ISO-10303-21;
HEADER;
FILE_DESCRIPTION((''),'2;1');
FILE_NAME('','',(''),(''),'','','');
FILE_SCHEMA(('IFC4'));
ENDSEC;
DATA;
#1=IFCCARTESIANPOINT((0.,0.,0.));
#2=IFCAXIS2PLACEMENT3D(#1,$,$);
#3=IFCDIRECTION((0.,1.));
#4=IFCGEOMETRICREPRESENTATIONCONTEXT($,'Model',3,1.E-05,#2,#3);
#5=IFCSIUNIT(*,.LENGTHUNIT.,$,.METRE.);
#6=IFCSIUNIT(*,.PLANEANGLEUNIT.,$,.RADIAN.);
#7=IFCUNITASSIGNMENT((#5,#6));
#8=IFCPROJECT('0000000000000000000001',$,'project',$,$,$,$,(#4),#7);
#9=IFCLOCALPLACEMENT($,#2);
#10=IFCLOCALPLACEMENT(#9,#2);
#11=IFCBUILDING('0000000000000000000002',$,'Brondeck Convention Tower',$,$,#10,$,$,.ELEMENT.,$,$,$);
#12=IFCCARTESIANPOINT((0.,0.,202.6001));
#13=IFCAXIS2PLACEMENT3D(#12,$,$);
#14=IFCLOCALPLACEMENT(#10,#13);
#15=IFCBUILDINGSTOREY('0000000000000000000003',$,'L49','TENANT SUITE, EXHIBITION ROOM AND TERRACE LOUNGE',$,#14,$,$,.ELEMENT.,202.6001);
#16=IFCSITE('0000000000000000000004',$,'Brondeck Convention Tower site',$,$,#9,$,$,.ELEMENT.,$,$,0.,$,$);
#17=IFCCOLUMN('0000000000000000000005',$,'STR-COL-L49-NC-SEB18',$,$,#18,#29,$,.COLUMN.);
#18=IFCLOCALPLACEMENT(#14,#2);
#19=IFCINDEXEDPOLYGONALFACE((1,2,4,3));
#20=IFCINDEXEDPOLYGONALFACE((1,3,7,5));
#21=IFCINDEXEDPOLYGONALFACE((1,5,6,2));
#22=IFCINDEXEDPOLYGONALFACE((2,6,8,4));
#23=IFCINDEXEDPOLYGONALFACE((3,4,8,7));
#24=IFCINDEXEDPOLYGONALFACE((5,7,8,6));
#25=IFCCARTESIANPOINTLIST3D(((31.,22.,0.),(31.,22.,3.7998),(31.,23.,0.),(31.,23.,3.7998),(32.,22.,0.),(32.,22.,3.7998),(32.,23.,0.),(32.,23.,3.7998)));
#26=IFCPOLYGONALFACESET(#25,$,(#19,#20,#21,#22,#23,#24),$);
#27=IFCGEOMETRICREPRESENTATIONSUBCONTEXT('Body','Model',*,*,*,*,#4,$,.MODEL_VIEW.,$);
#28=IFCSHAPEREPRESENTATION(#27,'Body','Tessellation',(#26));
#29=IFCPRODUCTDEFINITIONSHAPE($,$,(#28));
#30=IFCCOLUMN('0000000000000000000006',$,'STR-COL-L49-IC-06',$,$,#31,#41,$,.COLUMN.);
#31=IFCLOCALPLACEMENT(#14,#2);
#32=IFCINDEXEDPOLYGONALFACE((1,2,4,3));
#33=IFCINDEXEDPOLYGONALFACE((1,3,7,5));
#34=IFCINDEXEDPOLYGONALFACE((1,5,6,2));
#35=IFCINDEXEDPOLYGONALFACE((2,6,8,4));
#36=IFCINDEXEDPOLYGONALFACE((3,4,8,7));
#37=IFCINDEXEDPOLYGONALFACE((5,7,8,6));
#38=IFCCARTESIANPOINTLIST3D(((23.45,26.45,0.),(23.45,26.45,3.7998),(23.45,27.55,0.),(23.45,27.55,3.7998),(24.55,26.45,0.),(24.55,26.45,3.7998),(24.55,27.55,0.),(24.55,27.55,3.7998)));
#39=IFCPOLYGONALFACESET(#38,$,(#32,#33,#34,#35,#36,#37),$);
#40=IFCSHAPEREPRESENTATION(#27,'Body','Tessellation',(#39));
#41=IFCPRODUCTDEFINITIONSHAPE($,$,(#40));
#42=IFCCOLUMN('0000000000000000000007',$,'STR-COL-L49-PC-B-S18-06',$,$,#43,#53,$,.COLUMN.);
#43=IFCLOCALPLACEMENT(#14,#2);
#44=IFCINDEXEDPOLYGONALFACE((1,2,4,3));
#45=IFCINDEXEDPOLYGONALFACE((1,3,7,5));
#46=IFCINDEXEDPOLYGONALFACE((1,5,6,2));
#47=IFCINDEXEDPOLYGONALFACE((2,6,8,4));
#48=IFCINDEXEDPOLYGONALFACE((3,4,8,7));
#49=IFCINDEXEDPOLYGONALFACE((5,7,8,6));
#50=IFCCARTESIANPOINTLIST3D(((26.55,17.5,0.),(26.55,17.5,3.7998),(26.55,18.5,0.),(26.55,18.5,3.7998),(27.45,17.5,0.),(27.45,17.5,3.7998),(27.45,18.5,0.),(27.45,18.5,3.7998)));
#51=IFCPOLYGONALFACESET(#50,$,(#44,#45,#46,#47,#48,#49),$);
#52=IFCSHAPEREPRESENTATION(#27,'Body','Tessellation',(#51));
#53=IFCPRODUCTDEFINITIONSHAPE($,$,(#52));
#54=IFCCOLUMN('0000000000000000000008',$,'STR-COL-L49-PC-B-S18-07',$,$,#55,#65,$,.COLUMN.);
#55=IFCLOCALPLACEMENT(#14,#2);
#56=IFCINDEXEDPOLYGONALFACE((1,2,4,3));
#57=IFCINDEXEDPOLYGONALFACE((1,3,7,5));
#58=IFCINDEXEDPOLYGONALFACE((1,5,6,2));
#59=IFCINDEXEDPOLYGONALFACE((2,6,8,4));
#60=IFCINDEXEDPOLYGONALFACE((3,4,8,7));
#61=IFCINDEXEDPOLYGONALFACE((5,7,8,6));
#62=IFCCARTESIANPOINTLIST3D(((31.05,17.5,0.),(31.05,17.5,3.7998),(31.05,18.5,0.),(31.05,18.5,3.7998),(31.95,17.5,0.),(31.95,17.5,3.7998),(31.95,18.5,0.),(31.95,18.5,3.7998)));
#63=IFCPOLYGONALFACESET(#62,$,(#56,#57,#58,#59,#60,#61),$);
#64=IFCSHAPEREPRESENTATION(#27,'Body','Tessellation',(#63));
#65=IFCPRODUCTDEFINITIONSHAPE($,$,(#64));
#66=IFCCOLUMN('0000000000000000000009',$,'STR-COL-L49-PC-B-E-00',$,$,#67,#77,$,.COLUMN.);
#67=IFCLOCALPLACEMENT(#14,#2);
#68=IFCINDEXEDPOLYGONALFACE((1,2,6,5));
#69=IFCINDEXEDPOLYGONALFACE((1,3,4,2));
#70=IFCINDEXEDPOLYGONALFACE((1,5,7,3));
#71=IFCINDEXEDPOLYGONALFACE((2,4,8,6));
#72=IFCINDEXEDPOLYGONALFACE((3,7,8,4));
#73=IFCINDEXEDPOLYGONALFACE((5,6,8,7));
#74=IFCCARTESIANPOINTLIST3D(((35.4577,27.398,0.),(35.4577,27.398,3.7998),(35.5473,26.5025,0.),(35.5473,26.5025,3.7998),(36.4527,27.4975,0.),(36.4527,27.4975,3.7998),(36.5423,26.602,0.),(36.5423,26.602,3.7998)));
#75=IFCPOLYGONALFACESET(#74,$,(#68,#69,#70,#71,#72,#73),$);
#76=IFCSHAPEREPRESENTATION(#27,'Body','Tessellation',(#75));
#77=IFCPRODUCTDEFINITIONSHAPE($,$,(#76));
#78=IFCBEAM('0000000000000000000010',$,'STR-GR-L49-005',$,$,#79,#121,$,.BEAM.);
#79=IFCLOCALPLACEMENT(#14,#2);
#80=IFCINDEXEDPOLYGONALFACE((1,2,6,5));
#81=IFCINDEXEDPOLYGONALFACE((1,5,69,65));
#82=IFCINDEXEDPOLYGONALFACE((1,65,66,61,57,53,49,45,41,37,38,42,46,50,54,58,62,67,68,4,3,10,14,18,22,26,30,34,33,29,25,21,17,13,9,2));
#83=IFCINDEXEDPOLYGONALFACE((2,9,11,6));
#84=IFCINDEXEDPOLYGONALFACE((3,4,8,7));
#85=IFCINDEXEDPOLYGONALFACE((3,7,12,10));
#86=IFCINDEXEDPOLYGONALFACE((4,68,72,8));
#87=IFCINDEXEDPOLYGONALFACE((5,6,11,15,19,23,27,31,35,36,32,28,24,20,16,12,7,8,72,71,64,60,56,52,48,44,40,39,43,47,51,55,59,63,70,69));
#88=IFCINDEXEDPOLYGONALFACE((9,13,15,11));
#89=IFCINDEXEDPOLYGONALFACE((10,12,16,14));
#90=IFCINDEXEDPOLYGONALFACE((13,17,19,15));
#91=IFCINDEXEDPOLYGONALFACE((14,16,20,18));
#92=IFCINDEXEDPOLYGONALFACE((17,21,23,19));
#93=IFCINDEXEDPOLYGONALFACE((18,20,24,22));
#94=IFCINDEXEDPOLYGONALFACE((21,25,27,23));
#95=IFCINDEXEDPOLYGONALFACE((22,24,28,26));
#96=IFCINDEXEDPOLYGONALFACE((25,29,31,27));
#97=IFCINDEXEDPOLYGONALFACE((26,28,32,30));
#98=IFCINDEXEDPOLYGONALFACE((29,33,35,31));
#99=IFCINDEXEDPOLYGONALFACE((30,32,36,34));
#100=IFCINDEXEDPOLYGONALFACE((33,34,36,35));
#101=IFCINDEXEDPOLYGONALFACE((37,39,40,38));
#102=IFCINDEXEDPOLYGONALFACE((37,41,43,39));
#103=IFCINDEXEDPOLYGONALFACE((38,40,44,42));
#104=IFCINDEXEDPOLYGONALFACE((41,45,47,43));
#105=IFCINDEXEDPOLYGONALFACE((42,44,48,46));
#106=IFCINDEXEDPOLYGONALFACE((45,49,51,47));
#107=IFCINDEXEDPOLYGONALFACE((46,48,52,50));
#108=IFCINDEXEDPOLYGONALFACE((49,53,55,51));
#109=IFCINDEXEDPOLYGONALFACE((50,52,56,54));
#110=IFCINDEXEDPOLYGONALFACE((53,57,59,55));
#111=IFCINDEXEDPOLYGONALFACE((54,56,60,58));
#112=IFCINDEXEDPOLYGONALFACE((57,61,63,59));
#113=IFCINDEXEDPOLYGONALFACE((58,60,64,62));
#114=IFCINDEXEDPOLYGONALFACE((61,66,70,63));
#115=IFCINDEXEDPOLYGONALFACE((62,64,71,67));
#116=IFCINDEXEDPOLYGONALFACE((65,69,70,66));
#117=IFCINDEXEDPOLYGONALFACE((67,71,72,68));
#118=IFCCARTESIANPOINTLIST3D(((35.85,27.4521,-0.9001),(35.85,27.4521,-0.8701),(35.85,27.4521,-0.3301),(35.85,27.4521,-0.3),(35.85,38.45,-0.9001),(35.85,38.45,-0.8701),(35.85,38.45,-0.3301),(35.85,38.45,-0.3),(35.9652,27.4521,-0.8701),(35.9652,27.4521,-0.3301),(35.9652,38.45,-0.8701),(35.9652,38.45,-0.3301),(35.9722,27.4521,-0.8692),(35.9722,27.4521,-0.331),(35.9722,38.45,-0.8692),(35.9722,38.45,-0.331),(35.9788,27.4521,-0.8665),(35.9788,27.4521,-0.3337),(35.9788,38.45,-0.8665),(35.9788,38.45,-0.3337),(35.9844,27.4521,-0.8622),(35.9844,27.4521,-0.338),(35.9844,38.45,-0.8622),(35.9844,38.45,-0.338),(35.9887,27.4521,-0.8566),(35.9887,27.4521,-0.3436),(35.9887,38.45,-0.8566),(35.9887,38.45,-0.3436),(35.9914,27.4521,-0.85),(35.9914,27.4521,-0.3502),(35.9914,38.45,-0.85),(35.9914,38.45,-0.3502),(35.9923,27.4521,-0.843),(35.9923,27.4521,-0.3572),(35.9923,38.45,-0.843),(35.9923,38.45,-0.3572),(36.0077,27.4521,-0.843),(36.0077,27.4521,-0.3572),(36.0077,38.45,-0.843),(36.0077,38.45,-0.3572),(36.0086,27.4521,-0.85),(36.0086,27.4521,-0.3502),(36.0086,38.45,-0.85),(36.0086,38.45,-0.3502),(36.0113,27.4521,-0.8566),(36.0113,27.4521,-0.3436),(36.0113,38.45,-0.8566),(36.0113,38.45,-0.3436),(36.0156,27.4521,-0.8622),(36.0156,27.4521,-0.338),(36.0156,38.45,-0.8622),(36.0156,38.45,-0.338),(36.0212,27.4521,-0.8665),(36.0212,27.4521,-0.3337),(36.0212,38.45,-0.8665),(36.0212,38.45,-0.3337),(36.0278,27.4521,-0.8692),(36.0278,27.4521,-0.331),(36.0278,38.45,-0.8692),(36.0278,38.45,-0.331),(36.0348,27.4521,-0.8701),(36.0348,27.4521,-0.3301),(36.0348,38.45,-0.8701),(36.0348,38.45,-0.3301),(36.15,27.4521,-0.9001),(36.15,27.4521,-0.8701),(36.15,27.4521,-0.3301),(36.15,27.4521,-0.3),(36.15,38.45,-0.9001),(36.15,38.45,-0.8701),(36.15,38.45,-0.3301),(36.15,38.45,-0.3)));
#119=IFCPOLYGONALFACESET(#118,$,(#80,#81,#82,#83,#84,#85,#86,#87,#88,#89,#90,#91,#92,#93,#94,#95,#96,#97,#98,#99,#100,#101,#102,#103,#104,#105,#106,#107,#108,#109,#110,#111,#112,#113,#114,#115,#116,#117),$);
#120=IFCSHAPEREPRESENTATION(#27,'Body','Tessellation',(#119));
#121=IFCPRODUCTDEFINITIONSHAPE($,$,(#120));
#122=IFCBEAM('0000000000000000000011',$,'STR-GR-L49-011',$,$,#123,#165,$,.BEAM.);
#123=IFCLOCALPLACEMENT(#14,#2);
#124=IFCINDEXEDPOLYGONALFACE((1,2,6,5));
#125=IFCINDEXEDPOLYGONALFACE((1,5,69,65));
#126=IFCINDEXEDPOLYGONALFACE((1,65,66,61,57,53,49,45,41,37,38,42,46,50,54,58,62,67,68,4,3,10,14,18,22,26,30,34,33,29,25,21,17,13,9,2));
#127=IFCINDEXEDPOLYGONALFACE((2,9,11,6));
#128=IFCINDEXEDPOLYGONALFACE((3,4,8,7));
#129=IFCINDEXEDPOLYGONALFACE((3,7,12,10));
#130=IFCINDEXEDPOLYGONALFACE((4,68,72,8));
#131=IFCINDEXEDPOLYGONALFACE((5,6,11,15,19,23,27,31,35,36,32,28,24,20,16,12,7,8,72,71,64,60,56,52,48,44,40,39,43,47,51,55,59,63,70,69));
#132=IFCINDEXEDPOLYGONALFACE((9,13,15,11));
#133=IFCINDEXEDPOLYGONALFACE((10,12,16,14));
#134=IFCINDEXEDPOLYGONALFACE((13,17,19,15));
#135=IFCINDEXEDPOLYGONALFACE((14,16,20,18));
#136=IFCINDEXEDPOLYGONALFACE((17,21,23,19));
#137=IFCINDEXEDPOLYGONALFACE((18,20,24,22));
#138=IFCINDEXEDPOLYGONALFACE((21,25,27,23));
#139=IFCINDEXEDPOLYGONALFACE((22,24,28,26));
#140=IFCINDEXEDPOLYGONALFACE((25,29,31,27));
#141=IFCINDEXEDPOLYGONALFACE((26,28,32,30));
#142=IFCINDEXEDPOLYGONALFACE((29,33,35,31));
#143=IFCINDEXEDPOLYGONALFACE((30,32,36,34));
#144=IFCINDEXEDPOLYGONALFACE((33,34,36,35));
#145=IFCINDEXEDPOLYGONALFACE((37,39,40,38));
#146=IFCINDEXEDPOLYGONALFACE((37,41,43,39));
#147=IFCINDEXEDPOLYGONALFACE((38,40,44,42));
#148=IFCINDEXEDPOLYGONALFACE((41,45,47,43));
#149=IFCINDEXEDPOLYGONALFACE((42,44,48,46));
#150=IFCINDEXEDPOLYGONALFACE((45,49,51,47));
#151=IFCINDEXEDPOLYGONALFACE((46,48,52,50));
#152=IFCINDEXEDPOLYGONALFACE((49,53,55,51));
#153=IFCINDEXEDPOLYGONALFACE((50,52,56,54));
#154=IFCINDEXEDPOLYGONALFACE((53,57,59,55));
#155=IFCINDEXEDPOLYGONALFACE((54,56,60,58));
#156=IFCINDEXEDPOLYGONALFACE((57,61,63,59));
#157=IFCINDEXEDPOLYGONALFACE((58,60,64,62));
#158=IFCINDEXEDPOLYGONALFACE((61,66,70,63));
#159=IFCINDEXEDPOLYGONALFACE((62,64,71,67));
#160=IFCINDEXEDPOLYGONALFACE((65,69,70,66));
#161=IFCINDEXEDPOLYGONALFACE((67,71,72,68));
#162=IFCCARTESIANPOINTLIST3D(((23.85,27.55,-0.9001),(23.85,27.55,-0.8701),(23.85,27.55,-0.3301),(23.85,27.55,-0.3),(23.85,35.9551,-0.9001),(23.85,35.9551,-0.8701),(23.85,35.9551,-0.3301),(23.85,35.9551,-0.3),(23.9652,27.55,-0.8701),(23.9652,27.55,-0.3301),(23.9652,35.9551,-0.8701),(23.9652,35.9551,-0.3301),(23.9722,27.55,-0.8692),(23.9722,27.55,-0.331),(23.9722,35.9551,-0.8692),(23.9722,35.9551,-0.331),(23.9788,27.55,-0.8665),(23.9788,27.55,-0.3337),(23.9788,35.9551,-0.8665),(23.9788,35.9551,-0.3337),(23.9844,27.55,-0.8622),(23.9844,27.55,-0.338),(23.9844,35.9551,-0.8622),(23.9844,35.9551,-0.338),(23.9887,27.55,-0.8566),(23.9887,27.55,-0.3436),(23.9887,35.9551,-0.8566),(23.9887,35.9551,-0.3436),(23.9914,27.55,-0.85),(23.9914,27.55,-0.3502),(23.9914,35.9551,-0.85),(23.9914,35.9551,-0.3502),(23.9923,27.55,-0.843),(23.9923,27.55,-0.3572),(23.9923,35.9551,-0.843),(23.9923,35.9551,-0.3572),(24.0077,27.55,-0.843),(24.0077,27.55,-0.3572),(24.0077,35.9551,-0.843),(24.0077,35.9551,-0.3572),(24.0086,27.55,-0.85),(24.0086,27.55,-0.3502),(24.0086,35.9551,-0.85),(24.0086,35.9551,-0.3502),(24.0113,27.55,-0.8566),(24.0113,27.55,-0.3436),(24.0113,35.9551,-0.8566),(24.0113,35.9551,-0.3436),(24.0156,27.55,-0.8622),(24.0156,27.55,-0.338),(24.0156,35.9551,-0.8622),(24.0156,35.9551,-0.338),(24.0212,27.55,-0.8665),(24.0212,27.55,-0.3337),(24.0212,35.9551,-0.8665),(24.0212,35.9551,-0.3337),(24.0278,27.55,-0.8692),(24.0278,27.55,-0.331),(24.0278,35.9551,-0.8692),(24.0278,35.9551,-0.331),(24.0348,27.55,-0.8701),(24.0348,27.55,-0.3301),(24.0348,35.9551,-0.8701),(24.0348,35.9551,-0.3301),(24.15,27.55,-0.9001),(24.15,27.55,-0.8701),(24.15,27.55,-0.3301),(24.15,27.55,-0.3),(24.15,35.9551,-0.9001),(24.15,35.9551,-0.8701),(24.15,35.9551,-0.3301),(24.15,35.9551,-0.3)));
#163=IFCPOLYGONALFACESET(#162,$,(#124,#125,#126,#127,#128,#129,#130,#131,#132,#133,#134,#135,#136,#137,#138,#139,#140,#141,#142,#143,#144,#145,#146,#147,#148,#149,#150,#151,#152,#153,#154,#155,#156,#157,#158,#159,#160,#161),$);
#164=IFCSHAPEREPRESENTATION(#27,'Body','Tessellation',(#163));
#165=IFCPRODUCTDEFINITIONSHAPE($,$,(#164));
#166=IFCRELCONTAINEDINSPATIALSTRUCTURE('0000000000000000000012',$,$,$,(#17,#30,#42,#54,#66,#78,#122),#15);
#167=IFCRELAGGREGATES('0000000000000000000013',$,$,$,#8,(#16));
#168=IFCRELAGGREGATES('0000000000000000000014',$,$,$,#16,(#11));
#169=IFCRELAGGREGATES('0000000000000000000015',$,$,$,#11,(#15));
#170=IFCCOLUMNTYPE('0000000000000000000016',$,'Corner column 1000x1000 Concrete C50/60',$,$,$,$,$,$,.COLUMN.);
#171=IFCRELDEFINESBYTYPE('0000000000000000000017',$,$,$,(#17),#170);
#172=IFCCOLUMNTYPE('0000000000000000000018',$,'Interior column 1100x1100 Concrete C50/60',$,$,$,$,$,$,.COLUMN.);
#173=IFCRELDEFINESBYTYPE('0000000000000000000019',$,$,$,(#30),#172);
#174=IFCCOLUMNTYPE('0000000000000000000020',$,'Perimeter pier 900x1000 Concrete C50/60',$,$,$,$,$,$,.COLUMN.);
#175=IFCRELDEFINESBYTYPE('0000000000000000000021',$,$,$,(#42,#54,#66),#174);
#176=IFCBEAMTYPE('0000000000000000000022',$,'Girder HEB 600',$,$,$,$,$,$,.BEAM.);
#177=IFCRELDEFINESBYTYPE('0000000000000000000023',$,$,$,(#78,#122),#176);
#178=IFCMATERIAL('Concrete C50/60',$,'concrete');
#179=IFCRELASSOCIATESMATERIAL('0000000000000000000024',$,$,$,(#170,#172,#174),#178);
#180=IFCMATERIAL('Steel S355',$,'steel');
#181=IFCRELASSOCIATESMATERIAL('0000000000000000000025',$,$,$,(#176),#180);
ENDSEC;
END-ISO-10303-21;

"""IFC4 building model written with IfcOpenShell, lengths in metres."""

from ifc_helpers import new_model, si_unit, direction, frame, origin, origin_2d, place, context, subcontext, project, spatial, rectangle, i_section, extrude, material, material_profile, profile_set, type_object, element, save


model = new_model("IFC4")

# Units and contexts
model_context = context("Model", 3, precision=1e-05, world=origin(), true_north=direction((0.0, 1.0)))
body_context = subcontext(model_context, "Body", "Model", "MODEL_VIEW")
ifc_project = project(units=[si_unit("LENGTHUNIT", "METRE"), si_unit("PLANEANGLEUNIT", "RADIAN")], contexts=[model_context])

# Site, building, storey
site_placement = place(None, origin())
site = spatial("IfcSite", under=ifc_project, at=site_placement, Name="Brondeck Convention Tower site", CompositionType="ELEMENT", RefElevation=0.0)
building_placement = place(site_placement, origin())
building = spatial("IfcBuilding", under=site, at=building_placement, Name="Brondeck Convention Tower", CompositionType="ELEMENT")
storey_placement = place(building_placement, frame((0.0, 0.0, 202.6001)))
storey = spatial("IfcBuildingStorey", under=building, at=storey_placement, Name="L49", Description="TENANT SUITE, EXHIBITION ROOM AND TERRACE LOUNGE", CompositionType="ELEMENT", Elevation=202.6001)

# Columns
ifc_material_1 = material(Name="Concrete C50/60", Category="concrete")
ifc_material_profile_1 = material_profile(ifc_material_1, rectangle(XDim=1.0, YDim=1.0, at=origin_2d()), Name="Corner column 1000x1000 Concrete C50/60")
ifc_profile_set_1 = profile_set([ifc_material_profile_1], Name="Concrete C50/60")
column_type_1 = type_object("IfcColumnType", Name="Corner column 1000x1000 Concrete C50/60", PredefinedType="COLUMN", material=ifc_profile_set_1)
column_1_placement = place(storey_placement, frame((31.5, 22.5, 0.0), z_axis=(0.0, 0.0, 1.0), x_axis=(1.0, 0.0, 0.0)))
element("IfcColumn", 1, at=column_1_placement, inside=storey, type_object=column_type_1, Name="STR-COL-L49-NC-SEB18", PredefinedType="COLUMN", context=body_context, shape_type="SweptSolid", body=[
    extrude(rectangle(XDim=1.0, YDim=1.0, at=origin_2d()), origin(), (0.0, 0.0, 1.0), 3.7998),
])
ifc_material_profile_2 = material_profile(ifc_material_1, rectangle(XDim=1.1001, YDim=1.1001, at=origin_2d()), Name="Interior column 1100x1100 Concrete C50/60")
ifc_profile_set_2 = profile_set([ifc_material_profile_2], Name="Concrete C50/60")
column_type_2 = type_object("IfcColumnType", Name="Interior column 1100x1100 Concrete C50/60", PredefinedType="COLUMN", material=ifc_profile_set_2)
column_2_placement = place(storey_placement, frame((24.0, 27.0, 0.0), z_axis=(0.0, 0.0, 1.0), x_axis=(1.0, 0.0, 0.0)))
element("IfcColumn", 2, at=column_2_placement, inside=storey, type_object=column_type_2, Name="STR-COL-L49-IC-06", PredefinedType="COLUMN", context=body_context, shape_type="SweptSolid", body=[
    extrude(rectangle(XDim=1.1001, YDim=1.1001, at=origin_2d()), origin(), (0.0, 0.0, 1.0), 3.7998),
])
ifc_material_profile_3 = material_profile(ifc_material_1, rectangle(XDim=0.8999, YDim=1.0, at=origin_2d()), Name="Perimeter pier 900x1000 Concrete C50/60")
ifc_profile_set_3 = profile_set([ifc_material_profile_3], Name="Concrete C50/60")
column_type_3 = type_object("IfcColumnType", Name="Perimeter pier 900x1000 Concrete C50/60", PredefinedType="COLUMN", material=ifc_profile_set_3)
for number, where, z_axis, x_axis, name in (
    (3, (27.0, 18.0, 0.0), (0.0, 0.0, 1.0), (1.0, 0.0, 0.0), "STR-COL-L49-PC-B-S18-06"),
    (4, (31.5, 18.0, 0.0), (0.0, 0.0, 1.0), (1.0, 0.0, 0.0), "STR-COL-L49-PC-B-S18-07"),
    (5, (36.0, 27.0, 0.0), (0.0, 0.0, 1.0), (-0.099504, 0.995037, 0.0), "STR-COL-L49-PC-B-E-00"),
):
    element("IfcColumn", number, at=place(storey_placement, frame(where, z_axis=z_axis, x_axis=x_axis)), inside=storey, type_object=column_type_3, Name=name, PredefinedType="COLUMN", context=body_context, shape_type="SweptSolid", body=[
        extrude(rectangle(XDim=0.8999, YDim=1.0, at=origin_2d()), origin(), (0.0, 0.0, 1.0), 3.7998),
    ])

# Beams
ifc_material_2 = material(Name="Steel S355", Category="steel")
ifc_material_profile_4 = material_profile(ifc_material_2, i_section(OverallWidth=0.3, OverallDepth=0.6001, WebThickness=0.0154, FlangeThickness=0.03, FilletRadius=0.0271, at=origin_2d()), Name="HEB 600")
ifc_profile_set_4 = profile_set([ifc_material_profile_4], Name="Steel S355")
beam_type_1 = type_object("IfcBeamType", Name="Girder HEB 600", PredefinedType="BEAM", material=ifc_profile_set_4)
beam_1_placement = place(storey_placement, frame((36.0, 27.4521, -0.6001), z_axis=(0.0, 1.0, 0.0), x_axis=(-1.0, 0.0, 0.0)))
element("IfcBeam", 6, at=beam_1_placement, inside=storey, type_object=beam_type_1, Name="STR-GR-L49-005", PredefinedType="BEAM", context=body_context, shape_type="SweptSolid", body=[
    extrude(i_section(OverallWidth=0.3, OverallDepth=0.6001, WebThickness=0.0154, FlangeThickness=0.03, FilletRadius=0.0271, at=origin_2d()), origin(), (0.0, 0.0, 1.0), 10.9978),
])
beam_2_placement = place(storey_placement, frame((24.0, 35.9551, -0.6001), z_axis=(0.0, -1.0, 0.0), x_axis=(1.0, 0.0, 0.0)))
element("IfcBeam", 7, at=beam_2_placement, inside=storey, type_object=beam_type_1, Name="STR-GR-L49-011", PredefinedType="BEAM", context=body_context, shape_type="SweptSolid", body=[
    extrude(i_section(OverallWidth=0.3, OverallDepth=0.6001, WebThickness=0.0154, FlangeThickness=0.03, FilletRadius=0.0271, at=origin_2d()), origin(), (0.0, 0.0, 1.0), 8.405),
])

save(model, "model.ifc")
